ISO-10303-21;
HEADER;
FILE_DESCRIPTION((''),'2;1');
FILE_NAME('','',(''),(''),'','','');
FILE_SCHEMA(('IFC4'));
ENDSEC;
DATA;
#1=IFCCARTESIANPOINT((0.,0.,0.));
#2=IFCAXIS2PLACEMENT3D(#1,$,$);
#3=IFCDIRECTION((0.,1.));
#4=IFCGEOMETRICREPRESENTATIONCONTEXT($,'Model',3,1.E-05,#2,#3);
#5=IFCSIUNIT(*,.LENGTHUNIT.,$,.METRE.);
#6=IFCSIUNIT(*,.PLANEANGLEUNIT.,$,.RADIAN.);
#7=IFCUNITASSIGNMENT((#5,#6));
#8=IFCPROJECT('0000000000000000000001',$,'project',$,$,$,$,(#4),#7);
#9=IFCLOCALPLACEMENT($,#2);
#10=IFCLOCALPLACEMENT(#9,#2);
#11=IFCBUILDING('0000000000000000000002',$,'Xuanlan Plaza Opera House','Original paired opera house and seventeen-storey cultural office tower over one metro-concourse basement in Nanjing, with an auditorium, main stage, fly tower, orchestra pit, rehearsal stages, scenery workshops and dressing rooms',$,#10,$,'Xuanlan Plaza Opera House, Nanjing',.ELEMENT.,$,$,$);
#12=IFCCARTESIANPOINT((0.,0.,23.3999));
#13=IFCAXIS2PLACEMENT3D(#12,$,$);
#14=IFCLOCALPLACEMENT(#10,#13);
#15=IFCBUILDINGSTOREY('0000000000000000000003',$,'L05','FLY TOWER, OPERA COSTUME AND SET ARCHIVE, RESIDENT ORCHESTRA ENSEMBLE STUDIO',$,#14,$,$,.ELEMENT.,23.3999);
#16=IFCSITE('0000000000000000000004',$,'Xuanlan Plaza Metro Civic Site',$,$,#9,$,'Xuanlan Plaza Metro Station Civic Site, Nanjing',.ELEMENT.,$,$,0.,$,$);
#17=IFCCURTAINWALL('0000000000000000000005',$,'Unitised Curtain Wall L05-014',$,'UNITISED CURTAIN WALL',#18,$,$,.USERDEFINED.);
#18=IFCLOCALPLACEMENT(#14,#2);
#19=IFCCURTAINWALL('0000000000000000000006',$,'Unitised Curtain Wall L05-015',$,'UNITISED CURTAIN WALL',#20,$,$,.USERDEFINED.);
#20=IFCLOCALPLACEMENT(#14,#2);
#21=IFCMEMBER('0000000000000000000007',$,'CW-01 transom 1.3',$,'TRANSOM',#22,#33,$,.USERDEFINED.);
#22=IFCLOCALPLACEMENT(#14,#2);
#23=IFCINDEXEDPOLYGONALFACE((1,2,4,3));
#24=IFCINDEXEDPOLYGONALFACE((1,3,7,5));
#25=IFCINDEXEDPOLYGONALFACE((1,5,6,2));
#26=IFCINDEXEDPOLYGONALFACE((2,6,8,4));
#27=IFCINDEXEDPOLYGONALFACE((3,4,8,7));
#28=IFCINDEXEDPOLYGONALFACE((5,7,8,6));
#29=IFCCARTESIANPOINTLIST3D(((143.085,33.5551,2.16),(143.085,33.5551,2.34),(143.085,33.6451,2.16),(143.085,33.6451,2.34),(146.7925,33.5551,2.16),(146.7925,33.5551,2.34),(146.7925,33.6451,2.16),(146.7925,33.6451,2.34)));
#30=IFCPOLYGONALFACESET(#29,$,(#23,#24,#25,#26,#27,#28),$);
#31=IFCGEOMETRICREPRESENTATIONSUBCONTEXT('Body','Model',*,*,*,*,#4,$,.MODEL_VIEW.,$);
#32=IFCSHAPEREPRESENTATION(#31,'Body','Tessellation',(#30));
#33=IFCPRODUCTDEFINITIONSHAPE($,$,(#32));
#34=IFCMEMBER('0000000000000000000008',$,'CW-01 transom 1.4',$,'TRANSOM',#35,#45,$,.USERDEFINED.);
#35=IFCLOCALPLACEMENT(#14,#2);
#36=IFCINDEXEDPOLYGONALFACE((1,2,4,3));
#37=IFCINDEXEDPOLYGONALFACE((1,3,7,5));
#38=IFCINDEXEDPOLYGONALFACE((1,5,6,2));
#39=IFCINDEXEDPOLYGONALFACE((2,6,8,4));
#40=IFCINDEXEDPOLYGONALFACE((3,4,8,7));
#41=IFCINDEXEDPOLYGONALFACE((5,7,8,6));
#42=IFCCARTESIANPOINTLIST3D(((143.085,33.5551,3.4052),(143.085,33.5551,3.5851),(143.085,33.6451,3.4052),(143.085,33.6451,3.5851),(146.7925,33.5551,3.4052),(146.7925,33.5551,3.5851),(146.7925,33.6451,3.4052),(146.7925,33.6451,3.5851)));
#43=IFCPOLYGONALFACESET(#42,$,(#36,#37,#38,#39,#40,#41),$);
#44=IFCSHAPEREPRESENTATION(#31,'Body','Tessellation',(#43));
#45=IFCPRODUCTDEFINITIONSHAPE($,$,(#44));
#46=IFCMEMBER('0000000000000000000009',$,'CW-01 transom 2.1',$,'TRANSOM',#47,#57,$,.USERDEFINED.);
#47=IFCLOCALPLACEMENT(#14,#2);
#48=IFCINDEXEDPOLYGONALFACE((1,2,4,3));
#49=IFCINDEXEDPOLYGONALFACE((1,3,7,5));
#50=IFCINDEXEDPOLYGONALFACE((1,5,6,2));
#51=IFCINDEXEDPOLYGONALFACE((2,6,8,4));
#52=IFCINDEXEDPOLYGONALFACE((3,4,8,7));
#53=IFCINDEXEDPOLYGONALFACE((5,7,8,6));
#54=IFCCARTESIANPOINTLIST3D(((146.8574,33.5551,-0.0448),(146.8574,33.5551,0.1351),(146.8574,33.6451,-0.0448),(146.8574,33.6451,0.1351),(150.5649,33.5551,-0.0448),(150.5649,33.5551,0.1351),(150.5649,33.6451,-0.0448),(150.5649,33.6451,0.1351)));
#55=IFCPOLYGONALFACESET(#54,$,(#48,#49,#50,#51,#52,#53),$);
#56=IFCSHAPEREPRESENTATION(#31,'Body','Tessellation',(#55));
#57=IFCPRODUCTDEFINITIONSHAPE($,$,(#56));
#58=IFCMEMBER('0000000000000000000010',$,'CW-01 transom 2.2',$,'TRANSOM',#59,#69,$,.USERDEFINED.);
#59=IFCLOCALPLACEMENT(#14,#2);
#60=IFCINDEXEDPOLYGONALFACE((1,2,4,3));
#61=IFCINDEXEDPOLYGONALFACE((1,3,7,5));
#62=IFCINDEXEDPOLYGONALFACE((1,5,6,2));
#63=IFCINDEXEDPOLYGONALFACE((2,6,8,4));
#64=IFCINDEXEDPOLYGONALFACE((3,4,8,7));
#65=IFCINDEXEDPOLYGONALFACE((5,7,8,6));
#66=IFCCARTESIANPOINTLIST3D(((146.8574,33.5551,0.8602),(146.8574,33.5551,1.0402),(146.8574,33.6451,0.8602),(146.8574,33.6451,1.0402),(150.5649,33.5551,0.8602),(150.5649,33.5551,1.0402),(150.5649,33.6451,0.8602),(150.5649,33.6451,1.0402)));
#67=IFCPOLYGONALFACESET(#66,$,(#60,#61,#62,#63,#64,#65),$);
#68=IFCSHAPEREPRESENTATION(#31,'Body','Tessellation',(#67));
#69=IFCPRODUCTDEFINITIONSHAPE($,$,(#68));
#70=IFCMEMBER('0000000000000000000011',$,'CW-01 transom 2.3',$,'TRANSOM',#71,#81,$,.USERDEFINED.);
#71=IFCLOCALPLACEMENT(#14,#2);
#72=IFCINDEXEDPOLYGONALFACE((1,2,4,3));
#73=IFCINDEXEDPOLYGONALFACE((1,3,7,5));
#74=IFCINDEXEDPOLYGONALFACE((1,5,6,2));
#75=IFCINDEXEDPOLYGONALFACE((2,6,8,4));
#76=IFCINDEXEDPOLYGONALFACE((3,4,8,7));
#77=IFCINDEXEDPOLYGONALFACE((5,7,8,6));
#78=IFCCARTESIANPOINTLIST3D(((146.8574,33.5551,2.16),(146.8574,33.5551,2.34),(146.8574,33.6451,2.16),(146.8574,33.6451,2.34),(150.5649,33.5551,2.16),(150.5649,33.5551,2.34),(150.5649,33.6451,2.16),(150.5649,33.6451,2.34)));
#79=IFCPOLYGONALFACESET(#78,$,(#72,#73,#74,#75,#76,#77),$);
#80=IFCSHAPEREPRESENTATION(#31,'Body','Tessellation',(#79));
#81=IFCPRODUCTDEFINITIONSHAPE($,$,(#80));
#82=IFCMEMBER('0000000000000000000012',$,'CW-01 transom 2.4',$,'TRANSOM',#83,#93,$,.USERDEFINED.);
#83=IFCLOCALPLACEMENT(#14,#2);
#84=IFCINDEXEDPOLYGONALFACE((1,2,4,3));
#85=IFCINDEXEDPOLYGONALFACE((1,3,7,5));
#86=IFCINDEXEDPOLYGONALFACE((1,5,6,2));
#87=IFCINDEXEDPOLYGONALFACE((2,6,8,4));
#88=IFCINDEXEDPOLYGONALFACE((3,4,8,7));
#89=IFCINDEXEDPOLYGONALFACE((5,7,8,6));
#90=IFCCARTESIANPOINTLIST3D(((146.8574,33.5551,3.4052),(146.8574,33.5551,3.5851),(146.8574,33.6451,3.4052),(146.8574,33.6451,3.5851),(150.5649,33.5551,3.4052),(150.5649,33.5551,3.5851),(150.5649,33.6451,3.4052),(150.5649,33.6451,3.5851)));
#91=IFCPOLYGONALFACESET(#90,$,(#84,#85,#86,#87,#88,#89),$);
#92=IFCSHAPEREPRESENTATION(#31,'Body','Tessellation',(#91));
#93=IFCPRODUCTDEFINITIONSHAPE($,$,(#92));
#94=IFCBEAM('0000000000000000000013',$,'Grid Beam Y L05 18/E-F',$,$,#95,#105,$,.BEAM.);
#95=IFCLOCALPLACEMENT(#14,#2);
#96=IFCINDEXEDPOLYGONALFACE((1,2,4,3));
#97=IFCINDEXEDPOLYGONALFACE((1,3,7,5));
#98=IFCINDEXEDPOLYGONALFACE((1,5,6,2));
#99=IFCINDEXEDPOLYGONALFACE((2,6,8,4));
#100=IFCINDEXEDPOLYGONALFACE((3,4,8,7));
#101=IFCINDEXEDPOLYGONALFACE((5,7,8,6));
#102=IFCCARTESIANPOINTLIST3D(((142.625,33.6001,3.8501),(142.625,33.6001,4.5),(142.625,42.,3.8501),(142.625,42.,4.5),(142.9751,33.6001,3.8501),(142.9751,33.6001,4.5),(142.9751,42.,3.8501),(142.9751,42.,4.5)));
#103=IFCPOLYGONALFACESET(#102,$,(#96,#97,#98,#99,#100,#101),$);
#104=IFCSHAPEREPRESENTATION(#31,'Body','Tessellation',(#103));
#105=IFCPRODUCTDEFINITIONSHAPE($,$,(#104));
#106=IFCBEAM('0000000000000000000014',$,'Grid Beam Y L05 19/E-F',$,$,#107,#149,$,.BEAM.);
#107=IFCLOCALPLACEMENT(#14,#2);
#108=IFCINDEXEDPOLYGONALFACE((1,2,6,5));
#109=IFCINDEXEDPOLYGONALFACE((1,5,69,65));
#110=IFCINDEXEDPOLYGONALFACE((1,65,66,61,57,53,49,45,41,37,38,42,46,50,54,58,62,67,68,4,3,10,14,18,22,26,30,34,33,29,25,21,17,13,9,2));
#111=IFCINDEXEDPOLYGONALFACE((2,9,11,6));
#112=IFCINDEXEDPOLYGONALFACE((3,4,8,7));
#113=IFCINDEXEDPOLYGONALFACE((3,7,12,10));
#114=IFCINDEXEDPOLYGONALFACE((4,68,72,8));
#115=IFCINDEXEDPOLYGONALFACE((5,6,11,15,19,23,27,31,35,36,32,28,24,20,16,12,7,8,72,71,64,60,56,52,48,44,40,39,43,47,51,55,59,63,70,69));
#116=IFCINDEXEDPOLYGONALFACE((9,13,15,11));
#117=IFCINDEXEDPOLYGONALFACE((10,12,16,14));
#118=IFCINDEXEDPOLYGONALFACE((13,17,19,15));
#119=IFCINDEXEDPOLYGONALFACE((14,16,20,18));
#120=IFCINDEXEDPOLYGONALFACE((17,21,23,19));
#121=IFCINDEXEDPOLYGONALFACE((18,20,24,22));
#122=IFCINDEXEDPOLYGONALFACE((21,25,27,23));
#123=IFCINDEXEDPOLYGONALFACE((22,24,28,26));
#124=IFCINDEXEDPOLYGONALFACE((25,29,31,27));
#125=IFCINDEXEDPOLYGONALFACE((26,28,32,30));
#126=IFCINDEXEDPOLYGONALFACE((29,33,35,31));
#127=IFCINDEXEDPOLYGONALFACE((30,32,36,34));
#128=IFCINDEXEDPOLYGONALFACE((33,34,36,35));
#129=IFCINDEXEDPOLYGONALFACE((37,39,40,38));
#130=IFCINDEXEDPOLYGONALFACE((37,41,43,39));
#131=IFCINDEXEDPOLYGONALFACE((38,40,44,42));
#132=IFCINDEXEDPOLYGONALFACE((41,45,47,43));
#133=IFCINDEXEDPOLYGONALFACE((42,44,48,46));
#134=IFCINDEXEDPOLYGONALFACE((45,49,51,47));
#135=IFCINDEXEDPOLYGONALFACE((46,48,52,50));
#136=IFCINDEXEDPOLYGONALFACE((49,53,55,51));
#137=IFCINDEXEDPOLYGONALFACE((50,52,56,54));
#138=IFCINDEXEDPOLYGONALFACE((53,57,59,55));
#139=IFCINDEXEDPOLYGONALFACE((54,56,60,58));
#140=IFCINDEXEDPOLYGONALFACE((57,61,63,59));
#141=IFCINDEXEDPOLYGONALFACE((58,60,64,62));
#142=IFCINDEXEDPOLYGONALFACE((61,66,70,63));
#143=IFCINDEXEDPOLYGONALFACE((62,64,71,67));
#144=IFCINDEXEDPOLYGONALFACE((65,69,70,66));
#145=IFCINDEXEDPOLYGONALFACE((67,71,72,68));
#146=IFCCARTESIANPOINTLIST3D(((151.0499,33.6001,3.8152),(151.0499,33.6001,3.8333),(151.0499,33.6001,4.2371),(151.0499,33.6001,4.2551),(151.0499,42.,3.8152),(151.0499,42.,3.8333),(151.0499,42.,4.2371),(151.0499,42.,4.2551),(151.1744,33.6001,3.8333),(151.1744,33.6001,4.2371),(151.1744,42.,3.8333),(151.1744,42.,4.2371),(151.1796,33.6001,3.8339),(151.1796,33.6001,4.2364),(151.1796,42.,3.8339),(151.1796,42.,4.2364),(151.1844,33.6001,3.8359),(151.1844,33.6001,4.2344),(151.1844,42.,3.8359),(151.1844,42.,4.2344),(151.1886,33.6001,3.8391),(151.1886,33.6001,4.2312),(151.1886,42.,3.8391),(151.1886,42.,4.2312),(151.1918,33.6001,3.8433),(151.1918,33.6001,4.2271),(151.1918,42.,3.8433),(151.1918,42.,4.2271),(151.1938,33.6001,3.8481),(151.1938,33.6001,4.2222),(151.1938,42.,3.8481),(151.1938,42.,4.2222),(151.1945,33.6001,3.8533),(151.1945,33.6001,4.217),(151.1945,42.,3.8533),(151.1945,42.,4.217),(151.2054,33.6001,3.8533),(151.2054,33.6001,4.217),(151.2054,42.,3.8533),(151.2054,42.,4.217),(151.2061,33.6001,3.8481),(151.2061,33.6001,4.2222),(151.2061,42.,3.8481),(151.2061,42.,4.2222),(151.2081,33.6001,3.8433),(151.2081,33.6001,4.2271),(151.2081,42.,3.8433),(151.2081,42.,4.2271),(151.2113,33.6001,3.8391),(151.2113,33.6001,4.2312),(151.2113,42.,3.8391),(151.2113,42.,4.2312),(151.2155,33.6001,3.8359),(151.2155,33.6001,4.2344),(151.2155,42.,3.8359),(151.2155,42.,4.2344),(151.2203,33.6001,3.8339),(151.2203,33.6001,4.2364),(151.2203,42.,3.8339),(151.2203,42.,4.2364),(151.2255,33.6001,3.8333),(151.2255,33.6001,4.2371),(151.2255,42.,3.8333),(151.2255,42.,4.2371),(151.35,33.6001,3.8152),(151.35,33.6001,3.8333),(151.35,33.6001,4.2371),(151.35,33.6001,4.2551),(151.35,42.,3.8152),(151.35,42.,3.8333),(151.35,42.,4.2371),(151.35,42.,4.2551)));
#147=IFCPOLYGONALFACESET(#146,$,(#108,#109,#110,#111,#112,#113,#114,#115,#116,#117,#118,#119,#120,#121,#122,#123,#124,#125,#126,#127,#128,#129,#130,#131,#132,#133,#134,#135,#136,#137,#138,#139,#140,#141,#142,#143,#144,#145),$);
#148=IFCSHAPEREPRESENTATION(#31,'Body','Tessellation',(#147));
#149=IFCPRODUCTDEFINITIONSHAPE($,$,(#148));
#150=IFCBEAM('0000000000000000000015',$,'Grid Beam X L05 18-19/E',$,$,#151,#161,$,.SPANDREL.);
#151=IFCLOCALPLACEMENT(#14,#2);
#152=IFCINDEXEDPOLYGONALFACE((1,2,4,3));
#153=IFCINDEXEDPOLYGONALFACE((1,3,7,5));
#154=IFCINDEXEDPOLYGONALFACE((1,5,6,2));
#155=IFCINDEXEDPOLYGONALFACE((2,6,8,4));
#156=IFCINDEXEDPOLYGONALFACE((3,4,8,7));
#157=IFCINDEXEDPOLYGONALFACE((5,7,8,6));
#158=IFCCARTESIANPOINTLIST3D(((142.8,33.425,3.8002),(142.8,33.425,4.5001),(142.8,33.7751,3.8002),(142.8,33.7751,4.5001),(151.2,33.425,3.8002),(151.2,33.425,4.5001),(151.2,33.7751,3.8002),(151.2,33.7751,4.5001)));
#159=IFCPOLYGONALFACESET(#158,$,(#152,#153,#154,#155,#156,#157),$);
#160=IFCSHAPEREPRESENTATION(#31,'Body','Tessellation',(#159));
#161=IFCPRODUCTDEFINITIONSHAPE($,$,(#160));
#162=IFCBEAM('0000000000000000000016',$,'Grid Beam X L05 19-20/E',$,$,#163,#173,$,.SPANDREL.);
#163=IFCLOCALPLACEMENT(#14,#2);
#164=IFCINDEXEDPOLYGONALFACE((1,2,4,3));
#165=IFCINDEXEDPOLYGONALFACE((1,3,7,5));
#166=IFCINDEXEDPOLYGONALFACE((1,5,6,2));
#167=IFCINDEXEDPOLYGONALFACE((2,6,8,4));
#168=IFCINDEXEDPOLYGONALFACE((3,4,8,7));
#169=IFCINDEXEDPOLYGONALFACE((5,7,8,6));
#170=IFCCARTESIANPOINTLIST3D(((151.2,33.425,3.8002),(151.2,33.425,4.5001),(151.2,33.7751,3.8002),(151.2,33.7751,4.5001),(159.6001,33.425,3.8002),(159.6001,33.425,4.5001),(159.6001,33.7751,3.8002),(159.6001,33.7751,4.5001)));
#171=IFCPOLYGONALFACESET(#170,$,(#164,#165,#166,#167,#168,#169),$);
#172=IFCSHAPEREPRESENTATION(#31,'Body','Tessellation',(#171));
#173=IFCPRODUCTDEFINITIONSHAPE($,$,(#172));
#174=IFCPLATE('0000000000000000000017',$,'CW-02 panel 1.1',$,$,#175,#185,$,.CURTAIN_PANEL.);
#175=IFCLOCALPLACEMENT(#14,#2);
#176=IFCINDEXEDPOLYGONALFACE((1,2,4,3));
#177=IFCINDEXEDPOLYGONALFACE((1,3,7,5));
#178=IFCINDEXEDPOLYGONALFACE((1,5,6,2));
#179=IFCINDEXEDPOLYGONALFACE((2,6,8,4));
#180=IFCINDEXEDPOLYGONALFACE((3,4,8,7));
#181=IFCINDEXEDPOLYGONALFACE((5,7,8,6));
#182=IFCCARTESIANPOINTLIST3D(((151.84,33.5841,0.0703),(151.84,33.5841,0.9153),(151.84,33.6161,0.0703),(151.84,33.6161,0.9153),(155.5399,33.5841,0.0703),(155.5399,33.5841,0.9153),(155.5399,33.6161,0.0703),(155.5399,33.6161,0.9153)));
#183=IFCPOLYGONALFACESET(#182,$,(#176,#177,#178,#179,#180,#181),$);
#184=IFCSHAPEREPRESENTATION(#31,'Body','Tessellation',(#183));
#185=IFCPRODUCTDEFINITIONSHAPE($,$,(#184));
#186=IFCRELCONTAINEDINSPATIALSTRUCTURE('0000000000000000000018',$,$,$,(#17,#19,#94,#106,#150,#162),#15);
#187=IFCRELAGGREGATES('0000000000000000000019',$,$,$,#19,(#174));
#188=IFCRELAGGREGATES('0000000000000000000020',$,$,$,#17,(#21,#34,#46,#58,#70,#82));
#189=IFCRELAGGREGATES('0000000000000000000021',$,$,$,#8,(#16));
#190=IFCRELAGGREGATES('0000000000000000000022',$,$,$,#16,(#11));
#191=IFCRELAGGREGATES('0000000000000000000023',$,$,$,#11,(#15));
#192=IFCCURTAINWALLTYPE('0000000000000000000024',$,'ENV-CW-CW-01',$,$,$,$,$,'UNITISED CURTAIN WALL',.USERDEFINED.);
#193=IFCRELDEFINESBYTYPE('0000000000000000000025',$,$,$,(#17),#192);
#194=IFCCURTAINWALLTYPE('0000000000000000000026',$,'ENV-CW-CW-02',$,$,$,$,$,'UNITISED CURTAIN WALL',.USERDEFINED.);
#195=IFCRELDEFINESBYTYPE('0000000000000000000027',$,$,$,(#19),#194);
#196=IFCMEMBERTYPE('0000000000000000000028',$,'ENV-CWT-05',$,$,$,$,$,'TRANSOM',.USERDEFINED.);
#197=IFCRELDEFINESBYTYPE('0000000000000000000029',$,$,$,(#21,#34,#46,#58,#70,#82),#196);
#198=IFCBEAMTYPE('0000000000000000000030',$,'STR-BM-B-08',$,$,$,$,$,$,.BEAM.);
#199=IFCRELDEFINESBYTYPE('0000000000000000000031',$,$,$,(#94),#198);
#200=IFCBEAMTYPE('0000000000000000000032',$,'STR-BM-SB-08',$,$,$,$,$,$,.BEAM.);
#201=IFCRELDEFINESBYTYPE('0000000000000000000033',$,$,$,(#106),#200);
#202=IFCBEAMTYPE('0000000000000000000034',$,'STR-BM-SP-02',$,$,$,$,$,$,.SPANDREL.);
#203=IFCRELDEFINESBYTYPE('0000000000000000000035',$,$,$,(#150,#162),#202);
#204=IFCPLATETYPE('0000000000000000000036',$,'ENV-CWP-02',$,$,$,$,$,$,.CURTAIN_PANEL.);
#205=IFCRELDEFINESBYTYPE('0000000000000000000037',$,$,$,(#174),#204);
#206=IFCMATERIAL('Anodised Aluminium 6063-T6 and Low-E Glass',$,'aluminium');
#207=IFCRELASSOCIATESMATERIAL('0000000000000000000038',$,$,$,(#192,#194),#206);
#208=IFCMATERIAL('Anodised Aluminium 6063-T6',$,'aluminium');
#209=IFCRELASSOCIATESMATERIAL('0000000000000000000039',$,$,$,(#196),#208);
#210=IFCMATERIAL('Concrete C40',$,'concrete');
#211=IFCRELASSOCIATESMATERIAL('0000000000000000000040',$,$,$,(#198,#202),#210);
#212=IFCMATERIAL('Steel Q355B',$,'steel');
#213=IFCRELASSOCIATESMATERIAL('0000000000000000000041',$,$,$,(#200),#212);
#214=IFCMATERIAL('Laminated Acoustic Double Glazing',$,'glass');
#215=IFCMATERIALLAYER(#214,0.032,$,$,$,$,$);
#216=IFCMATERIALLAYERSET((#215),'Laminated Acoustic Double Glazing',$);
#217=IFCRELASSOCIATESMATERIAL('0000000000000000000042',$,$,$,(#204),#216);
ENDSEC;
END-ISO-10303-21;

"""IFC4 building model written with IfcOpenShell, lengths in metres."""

from ifc_helpers import new_model, si_unit, direction, frame, origin, origin_2d, place, context, subcontext, project, spatial, rectangle, i_section, extrude, material, layer, layer_set, material_profile, profile_set, type_object, element, aggregate, save


model = new_model("IFC4")

# Units and contexts
model_context = context("Model", 3, precision=1e-05, world=origin(), true_north=direction((0.0, 1.0)))
body_context = subcontext(model_context, "Body", "Model", "MODEL_VIEW")
ifc_project = project(units=[si_unit("LENGTHUNIT", "METRE"), si_unit("PLANEANGLEUNIT", "RADIAN")], contexts=[model_context])

# Site, building, storey
site_placement = place(None, origin())
site = spatial("IfcSite", under=ifc_project, at=site_placement, Name="Xuanlan Plaza Metro Civic Site", LongName="Xuanlan Plaza Metro Station Civic Site, Nanjing", CompositionType="ELEMENT", RefElevation=0.0)
building_placement = place(site_placement, origin())
building = spatial("IfcBuilding", under=site, at=building_placement, Name="Xuanlan Plaza Opera House", Description="Original paired opera house and seventeen-storey cultural office tower over one metro-concourse basement in Nanjing, with an auditorium, main stage, fly tower, orchestra pit, rehearsal stages, scenery workshops and dressing rooms", LongName="Xuanlan Plaza Opera House, Nanjing", CompositionType="ELEMENT")
storey_placement = place(building_placement, frame((0.0, 0.0, 23.3999)))
storey = spatial("IfcBuildingStorey", under=building, at=storey_placement, Name="L05", Description="FLY TOWER, OPERA COSTUME AND SET ARCHIVE, RESIDENT ORCHESTRA ENSEMBLE STUDIO", CompositionType="ELEMENT", Elevation=23.3999)

# Curtain walls
ifc_material_1 = material(Name="Anodised Aluminium 6063-T6 and Low-E Glass", Category="aluminium")
curtain_wall_type_1 = type_object("IfcCurtainWallType", Name="ENV-CW-CW-01", ElementType="UNITISED CURTAIN WALL", PredefinedType="USERDEFINED", material=ifc_material_1)
curtain_wall_1_placement = place(storey_placement, origin())
curtain_wall_1 = element("IfcCurtainWall", 1, at=curtain_wall_1_placement, inside=storey, type_object=curtain_wall_type_1, Name="Unitised Curtain Wall L05-014", ObjectType="UNITISED CURTAIN WALL", PredefinedType="USERDEFINED")
ifc_material_2 = material(Name="Anodised Aluminium 6063-T6", Category="aluminium")
curtain_wall_type_2 = type_object("IfcCurtainWallType", Name="ENV-CW-CW-02", ElementType="UNITISED CURTAIN WALL", PredefinedType="USERDEFINED", material=ifc_material_1)
curtain_wall_2_placement = place(storey_placement, origin())
curtain_wall_2 = element("IfcCurtainWall", 2, at=curtain_wall_2_placement, inside=storey, type_object=curtain_wall_type_2, Name="Unitised Curtain Wall L05-015", ObjectType="UNITISED CURTAIN WALL", PredefinedType="USERDEFINED")

# Members
ifc_material_profile_1 = material_profile(ifc_material_2, rectangle(XDim=0.0901, YDim=0.1799, at=origin_2d()), Name="ALU-T 90x180")
ifc_profile_set_1 = profile_set([ifc_material_profile_1], Name="Anodised Aluminium 6063-T6")
member_type_1 = type_object("IfcMemberType", Name="ENV-CWT-05", ElementType="TRANSOM", PredefinedType="USERDEFINED", material=ifc_profile_set_1)
member_1_placement = place(storey_placement, frame((143.085, 33.6001, 2.25), z_axis=(1.0, 0.0, 0.0), x_axis=(0.0, 1.0, 0.0)))
member_1 = element("IfcMember", 3, at=member_1_placement, type_object=member_type_1, Name="CW-01 transom 1.3", ObjectType="TRANSOM", PredefinedType="USERDEFINED", context=body_context, shape_type="SweptSolid", body=[
    extrude(rectangle(XDim=0.0901, YDim=0.1799, at=origin_2d()), origin(), (0.0, 0.0, 1.0), 3.7075),
])
member_2_placement = place(storey_placement, frame((143.085, 33.6001, 3.4951), z_axis=(1.0, 0.0, 0.0), x_axis=(0.0, 1.0, 0.0)))
member_2 = element("IfcMember", 4, at=member_2_placement, type_object=member_type_1, Name="CW-01 transom 1.4", ObjectType="TRANSOM", PredefinedType="USERDEFINED", context=body_context, shape_type="SweptSolid", body=[
    extrude(rectangle(XDim=0.0901, YDim=0.1799, at=origin_2d()), origin(), (0.0, 0.0, 1.0), 3.7075),
])
member_3_placement = place(storey_placement, frame((146.8574, 33.6001, 0.0452), z_axis=(1.0, 0.0, 0.0), x_axis=(0.0, 1.0, 0.0)))
member_3 = element("IfcMember", 5, at=member_3_placement, type_object=member_type_1, Name="CW-01 transom 2.1", ObjectType="TRANSOM", PredefinedType="USERDEFINED", context=body_context, shape_type="SweptSolid", body=[
    extrude(rectangle(XDim=0.0901, YDim=0.1799, at=origin_2d()), origin(), (0.0, 0.0, 1.0), 3.7075),
])
member_4_placement = place(storey_placement, frame((146.8574, 33.6001, 0.9502), z_axis=(1.0, 0.0, 0.0), x_axis=(0.0, 1.0, 0.0)))
member_4 = element("IfcMember", 6, at=member_4_placement, type_object=member_type_1, Name="CW-01 transom 2.2", ObjectType="TRANSOM", PredefinedType="USERDEFINED", context=body_context, shape_type="SweptSolid", body=[
    extrude(rectangle(XDim=0.0901, YDim=0.1799, at=origin_2d()), origin(), (0.0, 0.0, 1.0), 3.7075),
])
member_5_placement = place(storey_placement, frame((146.8574, 33.6001, 2.25), z_axis=(1.0, 0.0, 0.0), x_axis=(0.0, 1.0, 0.0)))
member_5 = element("IfcMember", 7, at=member_5_placement, type_object=member_type_1, Name="CW-01 transom 2.3", ObjectType="TRANSOM", PredefinedType="USERDEFINED", context=body_context, shape_type="SweptSolid", body=[
    extrude(rectangle(XDim=0.0901, YDim=0.1799, at=origin_2d()), origin(), (0.0, 0.0, 1.0), 3.7075),
])
member_6_placement = place(storey_placement, frame((146.8574, 33.6001, 3.4951), z_axis=(1.0, 0.0, 0.0), x_axis=(0.0, 1.0, 0.0)))
member_6 = element("IfcMember", 8, at=member_6_placement, type_object=member_type_1, Name="CW-01 transom 2.4", ObjectType="TRANSOM", PredefinedType="USERDEFINED", context=body_context, shape_type="SweptSolid", body=[
    extrude(rectangle(XDim=0.0901, YDim=0.1799, at=origin_2d()), origin(), (0.0, 0.0, 1.0), 3.7075),
])

# Beams
ifc_material_3 = material(Name="Concrete C40", Category="concrete")
ifc_material_profile_2 = material_profile(ifc_material_3, rectangle(XDim=0.3501, YDim=0.6499, at=origin_2d()), Name="RC-BM 350x650")
ifc_profile_set_2 = profile_set([ifc_material_profile_2], Name="Concrete C40")
beam_type_1 = type_object("IfcBeamType", Name="STR-BM-B-08", PredefinedType="BEAM", material=ifc_profile_set_2)
beam_1_placement = place(storey_placement, frame((142.8, 33.6001, 4.175), z_axis=(0.0, 1.0, 0.0), x_axis=(-1.0, 0.0, 0.0)))
element("IfcBeam", 9, at=beam_1_placement, inside=storey, type_object=beam_type_1, Name="Grid Beam Y L05 18/E-F", PredefinedType="BEAM", context=body_context, shape_type="SweptSolid", body=[
    extrude(rectangle(XDim=0.3501, YDim=0.6499, at=origin_2d()), origin(), (0.0, 0.0, 1.0), 8.3999),
])
ifc_material_4 = material(Name="Steel Q355B", Category="steel")
ifc_material_profile_3 = material_profile(ifc_material_4, i_section(OverallWidth=0.3, OverallDepth=0.4399, WebThickness=0.011, FlangeThickness=0.0181, FilletRadius=0.02, at=origin_2d()), Name="HM 440x300x11x18")
ifc_profile_set_3 = profile_set([ifc_material_profile_3], Name="Steel Q355B")
beam_type_2 = type_object("IfcBeamType", Name="STR-BM-SB-08", PredefinedType="BEAM", material=ifc_profile_set_3)
beam_2_placement = place(storey_placement, frame((151.2, 33.6001, 4.0352), z_axis=(0.0, 1.0, 0.0), x_axis=(-1.0, 0.0, 0.0)))
element("IfcBeam", 10, at=beam_2_placement, inside=storey, type_object=beam_type_2, Name="Grid Beam Y L05 19/E-F", PredefinedType="BEAM", context=body_context, shape_type="SweptSolid", body=[
    extrude(i_section(OverallWidth=0.3, OverallDepth=0.4399, WebThickness=0.011, FlangeThickness=0.0181, FilletRadius=0.02, at=origin_2d()), origin(), (0.0, 0.0, 1.0), 8.3999),
])
ifc_material_profile_4 = material_profile(ifc_material_3, rectangle(XDim=0.3501, YDim=0.7, at=origin_2d()), Name="RC-SPD 350x700")
ifc_profile_set_4 = profile_set([ifc_material_profile_4], Name="Concrete C40")
beam_type_3 = type_object("IfcBeamType", Name="STR-BM-SP-02", PredefinedType="SPANDREL", material=ifc_profile_set_4)
beam_3_placement = place(storey_placement, frame((142.8, 33.6001, 4.1501), z_axis=(1.0, 0.0, 0.0), x_axis=(0.0, 1.0, 0.0)))
element("IfcBeam", 11, at=beam_3_placement, inside=storey, type_object=beam_type_3, Name="Grid Beam X L05 18-19/E", PredefinedType="SPANDREL", context=body_context, shape_type="SweptSolid", body=[
    extrude(rectangle(XDim=0.3501, YDim=0.7, at=origin_2d()), origin(), (0.0, 0.0, 1.0), 8.3999),
])
beam_4_placement = place(storey_placement, frame((151.2, 33.6001, 4.1501), z_axis=(1.0, 0.0, 0.0), x_axis=(0.0, 1.0, 0.0)))
element("IfcBeam", 12, at=beam_4_placement, inside=storey, type_object=beam_type_3, Name="Grid Beam X L05 19-20/E", PredefinedType="SPANDREL", context=body_context, shape_type="SweptSolid", body=[
    extrude(rectangle(XDim=0.3501, YDim=0.7, at=origin_2d()), origin(), (0.0, 0.0, 1.0), 8.4001),
])

# Plate
ifc_material_5 = material(Name="Laminated Acoustic Double Glazing", Category="glass")
ifc_layer_1 = layer(ifc_material_5, 0.032)
ifc_layer_set_1 = layer_set([ifc_layer_1], Name="Laminated Acoustic Double Glazing")
plate_type_1 = type_object("IfcPlateType", Name="ENV-CWP-02", PredefinedType="CURTAIN_PANEL", material=ifc_layer_set_1)
plate_1_placement = place(storey_placement, frame((153.6899, 33.6001, 0.0703), z_axis=(0.0, 0.0, 1.0), x_axis=(1.0, 0.0, 0.0)))
plate_1 = element("IfcPlate", 13, at=plate_1_placement, type_object=plate_type_1, Name="CW-02 panel 1.1", PredefinedType="CURTAIN_PANEL", context=body_context, shape_type="SweptSolid", body=[
    extrude(rectangle(XDim=3.7, YDim=0.032, at=origin_2d()), origin(), (0.0, 0.0, 1.0), 0.845),
])
aggregate(curtain_wall_2, [plate_1])
aggregate(curtain_wall_1, [member_1, member_2, member_3, member_4, member_5, member_6])

save(model, "model.ifc")
